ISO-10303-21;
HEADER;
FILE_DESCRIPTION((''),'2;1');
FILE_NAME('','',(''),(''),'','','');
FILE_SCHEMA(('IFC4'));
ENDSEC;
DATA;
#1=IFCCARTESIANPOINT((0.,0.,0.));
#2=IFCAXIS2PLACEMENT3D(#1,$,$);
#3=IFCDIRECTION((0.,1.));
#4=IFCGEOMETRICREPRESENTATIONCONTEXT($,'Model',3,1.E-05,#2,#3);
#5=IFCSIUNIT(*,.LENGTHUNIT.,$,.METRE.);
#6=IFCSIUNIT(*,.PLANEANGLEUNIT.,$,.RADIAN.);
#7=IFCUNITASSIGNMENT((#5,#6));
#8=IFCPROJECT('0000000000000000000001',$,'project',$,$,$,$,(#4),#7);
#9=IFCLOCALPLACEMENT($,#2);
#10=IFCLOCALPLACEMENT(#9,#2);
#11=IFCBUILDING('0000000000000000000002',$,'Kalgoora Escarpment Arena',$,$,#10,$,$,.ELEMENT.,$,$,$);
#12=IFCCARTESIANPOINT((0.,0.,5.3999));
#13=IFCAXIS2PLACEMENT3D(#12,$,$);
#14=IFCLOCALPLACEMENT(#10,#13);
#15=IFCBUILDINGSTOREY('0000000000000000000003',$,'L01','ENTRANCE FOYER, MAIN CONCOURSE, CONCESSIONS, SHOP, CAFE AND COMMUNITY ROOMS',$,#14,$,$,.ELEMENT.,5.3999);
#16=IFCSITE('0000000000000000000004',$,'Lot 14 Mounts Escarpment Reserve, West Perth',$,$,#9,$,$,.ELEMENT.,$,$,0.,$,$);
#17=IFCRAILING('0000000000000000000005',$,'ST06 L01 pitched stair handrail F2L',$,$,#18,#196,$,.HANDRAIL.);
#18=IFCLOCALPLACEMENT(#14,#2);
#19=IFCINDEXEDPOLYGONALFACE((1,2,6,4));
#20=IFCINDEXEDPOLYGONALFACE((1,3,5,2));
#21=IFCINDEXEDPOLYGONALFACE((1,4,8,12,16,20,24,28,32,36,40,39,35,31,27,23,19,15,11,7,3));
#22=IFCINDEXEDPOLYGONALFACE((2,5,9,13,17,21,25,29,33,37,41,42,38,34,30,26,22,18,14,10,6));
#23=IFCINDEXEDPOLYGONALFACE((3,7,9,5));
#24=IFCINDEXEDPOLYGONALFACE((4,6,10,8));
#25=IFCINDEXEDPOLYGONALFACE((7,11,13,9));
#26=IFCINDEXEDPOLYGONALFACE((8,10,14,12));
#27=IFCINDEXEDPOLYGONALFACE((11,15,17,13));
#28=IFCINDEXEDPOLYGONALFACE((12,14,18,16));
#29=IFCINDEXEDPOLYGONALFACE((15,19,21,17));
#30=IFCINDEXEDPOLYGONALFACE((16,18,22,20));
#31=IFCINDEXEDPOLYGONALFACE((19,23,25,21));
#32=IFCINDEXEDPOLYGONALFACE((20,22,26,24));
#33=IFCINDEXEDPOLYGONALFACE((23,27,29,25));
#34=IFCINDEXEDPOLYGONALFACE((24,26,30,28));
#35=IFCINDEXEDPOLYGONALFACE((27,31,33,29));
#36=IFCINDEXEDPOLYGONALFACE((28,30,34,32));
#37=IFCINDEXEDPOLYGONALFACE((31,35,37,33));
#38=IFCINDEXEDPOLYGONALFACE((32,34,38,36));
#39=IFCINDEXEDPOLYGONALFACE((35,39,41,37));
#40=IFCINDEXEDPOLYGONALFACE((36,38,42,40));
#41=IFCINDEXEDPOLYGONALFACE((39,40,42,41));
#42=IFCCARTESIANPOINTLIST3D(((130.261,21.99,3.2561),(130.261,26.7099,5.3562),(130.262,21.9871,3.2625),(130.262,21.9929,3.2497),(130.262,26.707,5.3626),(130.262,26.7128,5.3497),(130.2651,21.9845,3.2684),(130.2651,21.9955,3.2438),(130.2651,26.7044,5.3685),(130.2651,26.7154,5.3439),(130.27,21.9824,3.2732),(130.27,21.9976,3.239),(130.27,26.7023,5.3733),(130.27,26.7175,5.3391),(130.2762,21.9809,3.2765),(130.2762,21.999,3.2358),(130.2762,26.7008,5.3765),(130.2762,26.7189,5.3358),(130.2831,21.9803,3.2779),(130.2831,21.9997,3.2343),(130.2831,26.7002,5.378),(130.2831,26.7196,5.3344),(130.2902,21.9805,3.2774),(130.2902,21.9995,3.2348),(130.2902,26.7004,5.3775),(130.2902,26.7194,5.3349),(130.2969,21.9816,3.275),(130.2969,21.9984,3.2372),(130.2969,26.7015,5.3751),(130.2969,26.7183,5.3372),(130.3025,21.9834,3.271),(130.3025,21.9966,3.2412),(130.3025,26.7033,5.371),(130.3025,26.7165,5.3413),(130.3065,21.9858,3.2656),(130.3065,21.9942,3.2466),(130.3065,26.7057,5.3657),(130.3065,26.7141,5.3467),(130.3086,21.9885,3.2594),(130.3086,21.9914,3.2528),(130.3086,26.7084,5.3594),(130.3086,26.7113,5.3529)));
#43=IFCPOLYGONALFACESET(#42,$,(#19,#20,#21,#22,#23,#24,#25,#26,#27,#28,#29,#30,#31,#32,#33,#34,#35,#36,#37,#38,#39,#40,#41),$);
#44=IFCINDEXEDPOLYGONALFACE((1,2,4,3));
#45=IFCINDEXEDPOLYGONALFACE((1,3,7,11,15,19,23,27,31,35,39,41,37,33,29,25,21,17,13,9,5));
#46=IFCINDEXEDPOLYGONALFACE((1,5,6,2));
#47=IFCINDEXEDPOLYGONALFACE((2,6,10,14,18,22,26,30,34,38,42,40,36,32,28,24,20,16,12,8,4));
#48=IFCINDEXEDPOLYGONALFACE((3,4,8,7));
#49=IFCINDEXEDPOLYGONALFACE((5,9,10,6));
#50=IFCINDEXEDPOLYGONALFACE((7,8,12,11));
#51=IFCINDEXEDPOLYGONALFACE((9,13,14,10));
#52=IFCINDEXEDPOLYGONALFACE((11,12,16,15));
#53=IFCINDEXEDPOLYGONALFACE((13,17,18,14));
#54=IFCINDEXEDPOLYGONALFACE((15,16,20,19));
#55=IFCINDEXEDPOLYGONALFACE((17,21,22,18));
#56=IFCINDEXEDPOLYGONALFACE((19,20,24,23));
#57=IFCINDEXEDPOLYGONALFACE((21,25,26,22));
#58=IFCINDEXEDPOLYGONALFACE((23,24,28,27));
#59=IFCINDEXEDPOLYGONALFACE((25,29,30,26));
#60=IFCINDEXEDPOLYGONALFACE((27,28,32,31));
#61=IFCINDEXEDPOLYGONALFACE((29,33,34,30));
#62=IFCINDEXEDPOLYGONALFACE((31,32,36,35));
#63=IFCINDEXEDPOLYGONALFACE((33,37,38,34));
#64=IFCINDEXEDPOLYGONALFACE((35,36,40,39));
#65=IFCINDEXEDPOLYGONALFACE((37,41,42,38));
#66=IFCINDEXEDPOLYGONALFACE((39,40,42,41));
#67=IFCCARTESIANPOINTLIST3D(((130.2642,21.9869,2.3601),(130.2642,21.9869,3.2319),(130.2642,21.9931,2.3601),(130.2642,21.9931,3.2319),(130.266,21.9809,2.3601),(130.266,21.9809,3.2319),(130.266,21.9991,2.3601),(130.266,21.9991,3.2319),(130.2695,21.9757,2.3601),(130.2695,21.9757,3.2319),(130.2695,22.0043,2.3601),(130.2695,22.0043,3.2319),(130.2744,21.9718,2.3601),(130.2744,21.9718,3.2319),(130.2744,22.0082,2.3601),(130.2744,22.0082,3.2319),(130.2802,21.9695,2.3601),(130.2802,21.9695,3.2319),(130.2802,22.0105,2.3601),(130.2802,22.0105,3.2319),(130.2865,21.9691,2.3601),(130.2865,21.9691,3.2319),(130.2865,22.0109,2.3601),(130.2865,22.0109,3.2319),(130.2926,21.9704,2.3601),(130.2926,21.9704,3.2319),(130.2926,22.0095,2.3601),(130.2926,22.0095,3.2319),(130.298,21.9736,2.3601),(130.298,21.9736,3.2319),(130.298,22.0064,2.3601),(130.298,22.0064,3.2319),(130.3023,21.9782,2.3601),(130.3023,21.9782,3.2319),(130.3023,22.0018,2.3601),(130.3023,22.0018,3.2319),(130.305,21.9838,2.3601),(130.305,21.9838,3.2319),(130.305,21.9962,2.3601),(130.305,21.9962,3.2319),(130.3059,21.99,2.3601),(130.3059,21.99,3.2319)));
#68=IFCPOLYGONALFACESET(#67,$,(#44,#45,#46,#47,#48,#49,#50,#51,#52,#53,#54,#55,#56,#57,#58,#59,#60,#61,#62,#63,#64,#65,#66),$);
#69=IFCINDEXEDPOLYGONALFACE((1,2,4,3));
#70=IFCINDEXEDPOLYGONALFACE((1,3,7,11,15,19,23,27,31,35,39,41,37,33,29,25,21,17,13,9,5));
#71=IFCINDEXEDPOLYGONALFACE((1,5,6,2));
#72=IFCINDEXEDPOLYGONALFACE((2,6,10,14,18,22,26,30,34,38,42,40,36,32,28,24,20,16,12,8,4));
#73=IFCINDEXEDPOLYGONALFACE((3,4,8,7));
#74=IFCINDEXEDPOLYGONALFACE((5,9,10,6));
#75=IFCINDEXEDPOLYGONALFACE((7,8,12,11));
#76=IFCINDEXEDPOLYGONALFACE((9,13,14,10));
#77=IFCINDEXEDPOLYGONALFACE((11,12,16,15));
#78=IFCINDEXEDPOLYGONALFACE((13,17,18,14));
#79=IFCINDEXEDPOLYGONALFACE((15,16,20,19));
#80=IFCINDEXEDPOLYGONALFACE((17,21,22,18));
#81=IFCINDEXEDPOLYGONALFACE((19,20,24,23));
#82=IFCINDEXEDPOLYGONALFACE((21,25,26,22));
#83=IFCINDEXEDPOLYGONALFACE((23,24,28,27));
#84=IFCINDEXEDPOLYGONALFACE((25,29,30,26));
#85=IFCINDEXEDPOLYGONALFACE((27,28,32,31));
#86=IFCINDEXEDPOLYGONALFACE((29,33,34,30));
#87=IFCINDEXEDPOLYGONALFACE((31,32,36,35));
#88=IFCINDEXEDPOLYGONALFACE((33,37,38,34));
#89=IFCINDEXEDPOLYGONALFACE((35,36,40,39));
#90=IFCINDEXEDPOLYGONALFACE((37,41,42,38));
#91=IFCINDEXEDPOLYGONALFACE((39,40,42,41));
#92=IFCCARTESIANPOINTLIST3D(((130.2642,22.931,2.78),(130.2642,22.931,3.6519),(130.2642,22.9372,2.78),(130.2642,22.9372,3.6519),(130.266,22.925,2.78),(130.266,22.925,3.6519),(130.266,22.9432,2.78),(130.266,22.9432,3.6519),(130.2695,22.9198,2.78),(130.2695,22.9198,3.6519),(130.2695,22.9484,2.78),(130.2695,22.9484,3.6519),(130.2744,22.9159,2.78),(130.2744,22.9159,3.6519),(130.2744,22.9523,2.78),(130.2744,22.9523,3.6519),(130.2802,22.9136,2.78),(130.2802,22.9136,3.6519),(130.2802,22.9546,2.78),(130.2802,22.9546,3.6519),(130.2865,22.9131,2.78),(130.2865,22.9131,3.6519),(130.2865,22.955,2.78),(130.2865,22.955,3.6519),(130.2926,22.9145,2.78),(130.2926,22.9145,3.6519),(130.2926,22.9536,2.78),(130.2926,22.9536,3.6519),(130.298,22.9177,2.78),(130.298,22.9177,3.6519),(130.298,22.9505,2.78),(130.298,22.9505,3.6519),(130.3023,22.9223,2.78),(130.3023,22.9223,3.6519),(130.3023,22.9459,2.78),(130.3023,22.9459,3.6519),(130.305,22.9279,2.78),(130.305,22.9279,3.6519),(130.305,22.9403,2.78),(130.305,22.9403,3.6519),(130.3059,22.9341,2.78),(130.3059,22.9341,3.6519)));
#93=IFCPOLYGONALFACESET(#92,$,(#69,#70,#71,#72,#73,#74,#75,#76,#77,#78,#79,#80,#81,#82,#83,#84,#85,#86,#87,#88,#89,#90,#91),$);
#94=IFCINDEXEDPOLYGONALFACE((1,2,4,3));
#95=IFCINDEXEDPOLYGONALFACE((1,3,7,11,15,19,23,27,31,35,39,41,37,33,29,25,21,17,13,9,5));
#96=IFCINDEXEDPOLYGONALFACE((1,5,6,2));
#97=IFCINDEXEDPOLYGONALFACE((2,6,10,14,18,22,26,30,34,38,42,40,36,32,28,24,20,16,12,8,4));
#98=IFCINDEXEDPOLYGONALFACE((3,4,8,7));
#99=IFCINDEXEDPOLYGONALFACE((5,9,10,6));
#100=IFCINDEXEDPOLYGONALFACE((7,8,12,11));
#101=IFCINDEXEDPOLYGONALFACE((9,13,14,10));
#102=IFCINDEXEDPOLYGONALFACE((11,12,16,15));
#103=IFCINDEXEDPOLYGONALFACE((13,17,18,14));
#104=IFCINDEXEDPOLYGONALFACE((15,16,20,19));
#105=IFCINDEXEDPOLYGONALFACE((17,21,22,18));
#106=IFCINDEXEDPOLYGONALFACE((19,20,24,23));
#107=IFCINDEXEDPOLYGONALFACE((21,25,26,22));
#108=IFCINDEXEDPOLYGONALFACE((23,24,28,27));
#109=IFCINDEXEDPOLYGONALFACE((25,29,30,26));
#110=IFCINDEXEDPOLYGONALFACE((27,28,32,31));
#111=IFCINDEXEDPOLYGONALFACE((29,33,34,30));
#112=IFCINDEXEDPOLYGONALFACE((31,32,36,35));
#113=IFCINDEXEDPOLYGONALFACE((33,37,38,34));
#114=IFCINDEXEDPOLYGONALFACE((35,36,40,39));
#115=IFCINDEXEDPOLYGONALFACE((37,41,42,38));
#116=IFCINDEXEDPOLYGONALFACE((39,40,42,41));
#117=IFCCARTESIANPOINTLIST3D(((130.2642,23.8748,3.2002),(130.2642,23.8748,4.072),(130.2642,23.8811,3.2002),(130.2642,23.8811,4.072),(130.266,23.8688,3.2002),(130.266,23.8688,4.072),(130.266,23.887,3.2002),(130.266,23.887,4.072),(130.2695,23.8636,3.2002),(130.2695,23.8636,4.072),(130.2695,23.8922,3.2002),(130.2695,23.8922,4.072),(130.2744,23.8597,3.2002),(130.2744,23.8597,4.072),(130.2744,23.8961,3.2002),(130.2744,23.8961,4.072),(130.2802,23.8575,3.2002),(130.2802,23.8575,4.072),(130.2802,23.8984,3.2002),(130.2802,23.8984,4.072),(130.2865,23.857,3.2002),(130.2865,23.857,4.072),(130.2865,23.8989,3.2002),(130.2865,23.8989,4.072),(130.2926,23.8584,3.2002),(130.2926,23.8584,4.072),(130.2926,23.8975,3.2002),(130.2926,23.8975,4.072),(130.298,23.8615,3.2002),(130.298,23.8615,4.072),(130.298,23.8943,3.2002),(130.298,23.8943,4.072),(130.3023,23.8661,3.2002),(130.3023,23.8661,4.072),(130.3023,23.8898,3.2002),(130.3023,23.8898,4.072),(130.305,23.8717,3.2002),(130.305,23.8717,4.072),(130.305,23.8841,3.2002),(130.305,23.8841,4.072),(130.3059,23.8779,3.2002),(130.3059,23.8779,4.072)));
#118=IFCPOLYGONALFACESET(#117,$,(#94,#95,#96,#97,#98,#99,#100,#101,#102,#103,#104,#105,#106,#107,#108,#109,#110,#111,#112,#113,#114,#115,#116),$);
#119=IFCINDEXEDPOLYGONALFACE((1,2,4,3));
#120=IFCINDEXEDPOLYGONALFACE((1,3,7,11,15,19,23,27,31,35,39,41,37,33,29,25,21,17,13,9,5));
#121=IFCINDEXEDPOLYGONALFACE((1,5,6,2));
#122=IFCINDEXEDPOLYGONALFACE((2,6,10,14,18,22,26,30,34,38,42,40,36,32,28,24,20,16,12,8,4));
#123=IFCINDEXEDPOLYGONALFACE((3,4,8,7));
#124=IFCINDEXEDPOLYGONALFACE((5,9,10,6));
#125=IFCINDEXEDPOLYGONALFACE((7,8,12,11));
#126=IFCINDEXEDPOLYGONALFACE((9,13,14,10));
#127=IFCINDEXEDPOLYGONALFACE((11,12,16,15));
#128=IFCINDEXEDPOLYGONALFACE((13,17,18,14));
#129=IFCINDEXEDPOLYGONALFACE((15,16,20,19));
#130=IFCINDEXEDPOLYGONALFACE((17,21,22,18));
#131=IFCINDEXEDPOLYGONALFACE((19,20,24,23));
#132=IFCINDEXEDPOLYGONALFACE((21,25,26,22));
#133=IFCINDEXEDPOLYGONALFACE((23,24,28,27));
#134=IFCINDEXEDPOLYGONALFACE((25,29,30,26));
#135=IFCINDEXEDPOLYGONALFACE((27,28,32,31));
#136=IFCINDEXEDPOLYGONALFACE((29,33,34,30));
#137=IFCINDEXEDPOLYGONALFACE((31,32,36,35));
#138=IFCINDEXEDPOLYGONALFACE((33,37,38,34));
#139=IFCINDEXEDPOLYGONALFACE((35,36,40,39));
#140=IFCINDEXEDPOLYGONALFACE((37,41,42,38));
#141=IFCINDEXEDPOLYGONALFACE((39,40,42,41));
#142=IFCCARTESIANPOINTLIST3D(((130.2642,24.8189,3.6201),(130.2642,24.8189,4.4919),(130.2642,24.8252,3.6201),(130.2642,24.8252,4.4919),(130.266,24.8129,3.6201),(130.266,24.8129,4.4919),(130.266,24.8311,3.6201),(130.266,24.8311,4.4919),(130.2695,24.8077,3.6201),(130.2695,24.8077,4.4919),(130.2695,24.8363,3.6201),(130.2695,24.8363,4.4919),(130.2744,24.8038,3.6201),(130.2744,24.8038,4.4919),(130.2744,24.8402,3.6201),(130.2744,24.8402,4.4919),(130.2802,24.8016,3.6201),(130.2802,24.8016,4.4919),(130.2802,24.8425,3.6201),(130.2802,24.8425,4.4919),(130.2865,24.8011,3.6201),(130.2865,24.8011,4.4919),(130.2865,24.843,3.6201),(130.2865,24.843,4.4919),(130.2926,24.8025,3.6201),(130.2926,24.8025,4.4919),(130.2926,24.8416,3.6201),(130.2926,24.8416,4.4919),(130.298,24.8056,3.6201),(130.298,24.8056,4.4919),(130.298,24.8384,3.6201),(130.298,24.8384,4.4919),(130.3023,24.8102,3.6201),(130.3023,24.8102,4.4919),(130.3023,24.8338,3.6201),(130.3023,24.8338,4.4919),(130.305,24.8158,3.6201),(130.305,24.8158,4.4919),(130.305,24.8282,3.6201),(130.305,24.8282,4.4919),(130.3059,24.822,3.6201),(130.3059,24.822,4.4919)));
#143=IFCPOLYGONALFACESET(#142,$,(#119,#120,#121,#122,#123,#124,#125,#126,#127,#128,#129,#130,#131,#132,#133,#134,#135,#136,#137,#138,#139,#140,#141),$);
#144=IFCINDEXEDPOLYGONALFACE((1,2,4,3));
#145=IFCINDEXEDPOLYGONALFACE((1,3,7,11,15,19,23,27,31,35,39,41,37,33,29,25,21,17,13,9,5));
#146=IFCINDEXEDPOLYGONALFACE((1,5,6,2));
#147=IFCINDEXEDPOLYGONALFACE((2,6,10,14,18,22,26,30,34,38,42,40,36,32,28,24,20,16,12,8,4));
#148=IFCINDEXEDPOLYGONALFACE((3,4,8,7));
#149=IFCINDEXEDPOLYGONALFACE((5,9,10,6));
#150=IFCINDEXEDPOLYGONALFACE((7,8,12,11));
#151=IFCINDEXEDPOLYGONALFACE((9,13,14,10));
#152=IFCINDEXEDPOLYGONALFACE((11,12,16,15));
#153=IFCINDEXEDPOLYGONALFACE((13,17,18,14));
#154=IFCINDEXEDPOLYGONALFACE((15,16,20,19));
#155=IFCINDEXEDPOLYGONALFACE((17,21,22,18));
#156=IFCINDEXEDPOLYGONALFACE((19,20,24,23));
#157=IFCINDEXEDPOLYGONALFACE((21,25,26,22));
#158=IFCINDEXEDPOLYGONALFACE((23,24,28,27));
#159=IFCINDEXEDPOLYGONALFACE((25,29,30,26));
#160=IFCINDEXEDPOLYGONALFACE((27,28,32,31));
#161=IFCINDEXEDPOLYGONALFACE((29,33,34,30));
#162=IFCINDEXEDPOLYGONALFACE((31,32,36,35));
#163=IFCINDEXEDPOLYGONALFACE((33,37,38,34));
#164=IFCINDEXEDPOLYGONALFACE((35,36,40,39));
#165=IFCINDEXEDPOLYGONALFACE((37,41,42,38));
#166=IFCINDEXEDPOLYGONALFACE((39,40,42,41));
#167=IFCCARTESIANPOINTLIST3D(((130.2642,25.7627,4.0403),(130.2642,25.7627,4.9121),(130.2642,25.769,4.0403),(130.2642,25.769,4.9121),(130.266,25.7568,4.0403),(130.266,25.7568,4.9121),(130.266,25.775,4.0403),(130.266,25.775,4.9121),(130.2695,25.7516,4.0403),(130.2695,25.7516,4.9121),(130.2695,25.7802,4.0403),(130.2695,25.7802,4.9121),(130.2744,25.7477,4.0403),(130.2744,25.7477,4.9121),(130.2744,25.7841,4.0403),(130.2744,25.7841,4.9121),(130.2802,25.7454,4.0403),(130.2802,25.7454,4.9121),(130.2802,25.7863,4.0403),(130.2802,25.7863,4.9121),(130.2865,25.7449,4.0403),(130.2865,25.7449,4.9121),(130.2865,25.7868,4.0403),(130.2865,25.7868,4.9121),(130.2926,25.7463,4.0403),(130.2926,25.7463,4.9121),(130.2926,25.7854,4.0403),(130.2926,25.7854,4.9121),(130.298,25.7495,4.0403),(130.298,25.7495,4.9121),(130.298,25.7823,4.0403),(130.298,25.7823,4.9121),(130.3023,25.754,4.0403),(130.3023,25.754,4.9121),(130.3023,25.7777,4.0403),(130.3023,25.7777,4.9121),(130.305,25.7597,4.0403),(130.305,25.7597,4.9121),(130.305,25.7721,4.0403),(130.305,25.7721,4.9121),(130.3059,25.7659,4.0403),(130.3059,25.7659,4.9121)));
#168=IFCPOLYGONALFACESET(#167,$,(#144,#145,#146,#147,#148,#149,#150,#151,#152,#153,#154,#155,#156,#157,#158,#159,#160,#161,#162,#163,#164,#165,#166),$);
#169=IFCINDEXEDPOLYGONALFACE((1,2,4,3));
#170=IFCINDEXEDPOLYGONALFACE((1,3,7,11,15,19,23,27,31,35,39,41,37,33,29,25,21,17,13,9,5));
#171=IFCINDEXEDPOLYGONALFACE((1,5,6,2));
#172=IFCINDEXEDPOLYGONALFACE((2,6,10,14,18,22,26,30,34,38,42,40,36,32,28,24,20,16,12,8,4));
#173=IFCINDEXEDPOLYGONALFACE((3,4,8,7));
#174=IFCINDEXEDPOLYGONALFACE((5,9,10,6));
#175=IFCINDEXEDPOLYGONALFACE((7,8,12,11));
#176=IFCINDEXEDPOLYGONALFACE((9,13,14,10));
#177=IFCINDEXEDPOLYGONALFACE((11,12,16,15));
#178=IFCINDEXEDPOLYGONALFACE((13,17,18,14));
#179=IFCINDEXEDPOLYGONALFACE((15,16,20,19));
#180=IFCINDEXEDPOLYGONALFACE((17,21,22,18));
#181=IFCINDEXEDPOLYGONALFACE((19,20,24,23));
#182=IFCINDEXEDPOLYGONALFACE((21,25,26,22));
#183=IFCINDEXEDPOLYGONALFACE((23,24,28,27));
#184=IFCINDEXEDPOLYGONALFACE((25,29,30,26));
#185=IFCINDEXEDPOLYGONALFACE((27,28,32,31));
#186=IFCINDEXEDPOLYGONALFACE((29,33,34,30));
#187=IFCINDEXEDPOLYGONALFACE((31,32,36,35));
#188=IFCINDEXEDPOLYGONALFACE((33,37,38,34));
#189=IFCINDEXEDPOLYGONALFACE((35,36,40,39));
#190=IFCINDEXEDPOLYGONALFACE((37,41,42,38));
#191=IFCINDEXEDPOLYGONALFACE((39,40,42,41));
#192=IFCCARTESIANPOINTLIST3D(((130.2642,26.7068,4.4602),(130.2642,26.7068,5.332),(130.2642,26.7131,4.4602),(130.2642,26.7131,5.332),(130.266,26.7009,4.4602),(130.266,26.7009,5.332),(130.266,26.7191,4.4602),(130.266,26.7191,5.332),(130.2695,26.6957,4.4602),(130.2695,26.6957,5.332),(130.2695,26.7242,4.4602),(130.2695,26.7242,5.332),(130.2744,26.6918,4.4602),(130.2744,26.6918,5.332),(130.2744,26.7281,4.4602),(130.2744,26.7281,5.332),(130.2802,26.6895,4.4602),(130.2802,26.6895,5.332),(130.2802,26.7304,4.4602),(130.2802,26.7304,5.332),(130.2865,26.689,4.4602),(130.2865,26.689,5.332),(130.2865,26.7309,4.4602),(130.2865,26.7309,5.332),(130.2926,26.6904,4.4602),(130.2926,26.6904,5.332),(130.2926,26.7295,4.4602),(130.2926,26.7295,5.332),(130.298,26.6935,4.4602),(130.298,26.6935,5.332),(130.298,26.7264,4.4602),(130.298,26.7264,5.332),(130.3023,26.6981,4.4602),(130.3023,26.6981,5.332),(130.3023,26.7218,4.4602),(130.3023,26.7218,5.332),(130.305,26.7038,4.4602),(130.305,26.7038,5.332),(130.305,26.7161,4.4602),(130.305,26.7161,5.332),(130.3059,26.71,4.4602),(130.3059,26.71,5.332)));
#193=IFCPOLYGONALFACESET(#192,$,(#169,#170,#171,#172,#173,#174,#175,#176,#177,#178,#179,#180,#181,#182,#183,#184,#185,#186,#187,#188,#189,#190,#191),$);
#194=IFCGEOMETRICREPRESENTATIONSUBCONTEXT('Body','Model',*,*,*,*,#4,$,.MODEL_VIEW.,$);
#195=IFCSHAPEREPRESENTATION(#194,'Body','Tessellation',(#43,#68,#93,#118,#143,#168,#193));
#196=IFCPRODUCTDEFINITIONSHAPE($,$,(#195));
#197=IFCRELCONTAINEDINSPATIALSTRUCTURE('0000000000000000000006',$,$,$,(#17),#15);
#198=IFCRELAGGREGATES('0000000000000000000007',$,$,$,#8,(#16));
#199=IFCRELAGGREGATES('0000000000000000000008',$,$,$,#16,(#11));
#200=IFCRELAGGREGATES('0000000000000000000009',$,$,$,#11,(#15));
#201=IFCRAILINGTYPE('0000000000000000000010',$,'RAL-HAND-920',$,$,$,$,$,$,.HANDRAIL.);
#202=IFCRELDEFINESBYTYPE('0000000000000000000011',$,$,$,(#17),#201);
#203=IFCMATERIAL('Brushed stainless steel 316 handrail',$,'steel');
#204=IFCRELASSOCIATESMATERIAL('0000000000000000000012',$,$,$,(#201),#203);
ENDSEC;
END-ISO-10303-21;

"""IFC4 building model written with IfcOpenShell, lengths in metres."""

from ifc_helpers import new_model, si_unit, direction, frame, origin, origin_2d, place, context, subcontext, project, spatial, circle, extrude, material, type_object, element, save


model = new_model("IFC4")

# Units and contexts
model_context = context("Model", 3, precision=1e-05, world=origin(), true_north=direction((0.0, 1.0)))
body_context = subcontext(model_context, "Body", "Model", "MODEL_VIEW")
ifc_project = project(units=[si_unit("LENGTHUNIT", "METRE"), si_unit("PLANEANGLEUNIT", "RADIAN")], contexts=[model_context])

# Site, building, storey
site_placement = place(None, origin())
site = spatial("IfcSite", under=ifc_project, at=site_placement, Name="Lot 14 Mounts Escarpment Reserve, West Perth", CompositionType="ELEMENT", RefElevation=0.0)
building_placement = place(site_placement, origin())
building = spatial("IfcBuilding", under=site, at=building_placement, Name="Kalgoora Escarpment Arena", CompositionType="ELEMENT")
storey_placement = place(building_placement, frame((0.0, 0.0, 5.3999)))
storey = spatial("IfcBuildingStorey", under=building, at=storey_placement, Name="L01", Description="ENTRANCE FOYER, MAIN CONCOURSE, CONCESSIONS, SHOP, CAFE AND COMMUNITY ROOMS", CompositionType="ELEMENT", Elevation=5.3999)

# Railing
ifc_material_1 = material(Name="Brushed stainless steel 316 handrail", Category="steel")
railing_type_1 = type_object("IfcRailingType", Name="RAL-HAND-920", PredefinedType="HANDRAIL", material=ifc_material_1)
for number, where, name in (
    (1, (130.2849, 21.99, 2.3601), "ST06 L01 pitched stair handrail F2L"),
):
    element("IfcRailing", number, at=place(storey_placement, frame(where)), inside=storey, type_object=railing_type_1, Name=name, PredefinedType="HANDRAIL", context=body_context, shape_type="SweptSolid", body=[
        extrude(circle(Radius=0.0239, at=origin_2d()), frame((0.0, 0.0, 0.896), z_axis=(0.0, 0.913644, 0.406516), x_axis=(-1.0, 0.0, 0.0)), (0.0, 0.0, 1.0), 5.166),
        extrude(circle(Radius=0.021, at=origin_2d()), origin(), (0.0, 0.0, 1.0), 0.8718),
        extrude(circle(Radius=0.021, at=origin_2d()), frame((0.0, 0.9441, 0.4199)), (0.0, 0.0, 1.0), 0.8718),
        extrude(circle(Radius=0.021, at=origin_2d()), frame((0.0, 1.8879, 0.8401)), (0.0, 0.0, 1.0), 0.8718),
        extrude(circle(Radius=0.021, at=origin_2d()), frame((0.0, 2.832, 1.26)), (0.0, 0.0, 1.0), 0.8718),
        extrude(circle(Radius=0.021, at=origin_2d()), frame((0.0, 3.7759, 1.6802)), (0.0, 0.0, 1.0), 0.8718),
        extrude(circle(Radius=0.021, at=origin_2d()), frame((0.0, 4.72, 2.1001)), (0.0, 0.0, 1.0), 0.8718),
    ])

save(model, "model.ifc")
